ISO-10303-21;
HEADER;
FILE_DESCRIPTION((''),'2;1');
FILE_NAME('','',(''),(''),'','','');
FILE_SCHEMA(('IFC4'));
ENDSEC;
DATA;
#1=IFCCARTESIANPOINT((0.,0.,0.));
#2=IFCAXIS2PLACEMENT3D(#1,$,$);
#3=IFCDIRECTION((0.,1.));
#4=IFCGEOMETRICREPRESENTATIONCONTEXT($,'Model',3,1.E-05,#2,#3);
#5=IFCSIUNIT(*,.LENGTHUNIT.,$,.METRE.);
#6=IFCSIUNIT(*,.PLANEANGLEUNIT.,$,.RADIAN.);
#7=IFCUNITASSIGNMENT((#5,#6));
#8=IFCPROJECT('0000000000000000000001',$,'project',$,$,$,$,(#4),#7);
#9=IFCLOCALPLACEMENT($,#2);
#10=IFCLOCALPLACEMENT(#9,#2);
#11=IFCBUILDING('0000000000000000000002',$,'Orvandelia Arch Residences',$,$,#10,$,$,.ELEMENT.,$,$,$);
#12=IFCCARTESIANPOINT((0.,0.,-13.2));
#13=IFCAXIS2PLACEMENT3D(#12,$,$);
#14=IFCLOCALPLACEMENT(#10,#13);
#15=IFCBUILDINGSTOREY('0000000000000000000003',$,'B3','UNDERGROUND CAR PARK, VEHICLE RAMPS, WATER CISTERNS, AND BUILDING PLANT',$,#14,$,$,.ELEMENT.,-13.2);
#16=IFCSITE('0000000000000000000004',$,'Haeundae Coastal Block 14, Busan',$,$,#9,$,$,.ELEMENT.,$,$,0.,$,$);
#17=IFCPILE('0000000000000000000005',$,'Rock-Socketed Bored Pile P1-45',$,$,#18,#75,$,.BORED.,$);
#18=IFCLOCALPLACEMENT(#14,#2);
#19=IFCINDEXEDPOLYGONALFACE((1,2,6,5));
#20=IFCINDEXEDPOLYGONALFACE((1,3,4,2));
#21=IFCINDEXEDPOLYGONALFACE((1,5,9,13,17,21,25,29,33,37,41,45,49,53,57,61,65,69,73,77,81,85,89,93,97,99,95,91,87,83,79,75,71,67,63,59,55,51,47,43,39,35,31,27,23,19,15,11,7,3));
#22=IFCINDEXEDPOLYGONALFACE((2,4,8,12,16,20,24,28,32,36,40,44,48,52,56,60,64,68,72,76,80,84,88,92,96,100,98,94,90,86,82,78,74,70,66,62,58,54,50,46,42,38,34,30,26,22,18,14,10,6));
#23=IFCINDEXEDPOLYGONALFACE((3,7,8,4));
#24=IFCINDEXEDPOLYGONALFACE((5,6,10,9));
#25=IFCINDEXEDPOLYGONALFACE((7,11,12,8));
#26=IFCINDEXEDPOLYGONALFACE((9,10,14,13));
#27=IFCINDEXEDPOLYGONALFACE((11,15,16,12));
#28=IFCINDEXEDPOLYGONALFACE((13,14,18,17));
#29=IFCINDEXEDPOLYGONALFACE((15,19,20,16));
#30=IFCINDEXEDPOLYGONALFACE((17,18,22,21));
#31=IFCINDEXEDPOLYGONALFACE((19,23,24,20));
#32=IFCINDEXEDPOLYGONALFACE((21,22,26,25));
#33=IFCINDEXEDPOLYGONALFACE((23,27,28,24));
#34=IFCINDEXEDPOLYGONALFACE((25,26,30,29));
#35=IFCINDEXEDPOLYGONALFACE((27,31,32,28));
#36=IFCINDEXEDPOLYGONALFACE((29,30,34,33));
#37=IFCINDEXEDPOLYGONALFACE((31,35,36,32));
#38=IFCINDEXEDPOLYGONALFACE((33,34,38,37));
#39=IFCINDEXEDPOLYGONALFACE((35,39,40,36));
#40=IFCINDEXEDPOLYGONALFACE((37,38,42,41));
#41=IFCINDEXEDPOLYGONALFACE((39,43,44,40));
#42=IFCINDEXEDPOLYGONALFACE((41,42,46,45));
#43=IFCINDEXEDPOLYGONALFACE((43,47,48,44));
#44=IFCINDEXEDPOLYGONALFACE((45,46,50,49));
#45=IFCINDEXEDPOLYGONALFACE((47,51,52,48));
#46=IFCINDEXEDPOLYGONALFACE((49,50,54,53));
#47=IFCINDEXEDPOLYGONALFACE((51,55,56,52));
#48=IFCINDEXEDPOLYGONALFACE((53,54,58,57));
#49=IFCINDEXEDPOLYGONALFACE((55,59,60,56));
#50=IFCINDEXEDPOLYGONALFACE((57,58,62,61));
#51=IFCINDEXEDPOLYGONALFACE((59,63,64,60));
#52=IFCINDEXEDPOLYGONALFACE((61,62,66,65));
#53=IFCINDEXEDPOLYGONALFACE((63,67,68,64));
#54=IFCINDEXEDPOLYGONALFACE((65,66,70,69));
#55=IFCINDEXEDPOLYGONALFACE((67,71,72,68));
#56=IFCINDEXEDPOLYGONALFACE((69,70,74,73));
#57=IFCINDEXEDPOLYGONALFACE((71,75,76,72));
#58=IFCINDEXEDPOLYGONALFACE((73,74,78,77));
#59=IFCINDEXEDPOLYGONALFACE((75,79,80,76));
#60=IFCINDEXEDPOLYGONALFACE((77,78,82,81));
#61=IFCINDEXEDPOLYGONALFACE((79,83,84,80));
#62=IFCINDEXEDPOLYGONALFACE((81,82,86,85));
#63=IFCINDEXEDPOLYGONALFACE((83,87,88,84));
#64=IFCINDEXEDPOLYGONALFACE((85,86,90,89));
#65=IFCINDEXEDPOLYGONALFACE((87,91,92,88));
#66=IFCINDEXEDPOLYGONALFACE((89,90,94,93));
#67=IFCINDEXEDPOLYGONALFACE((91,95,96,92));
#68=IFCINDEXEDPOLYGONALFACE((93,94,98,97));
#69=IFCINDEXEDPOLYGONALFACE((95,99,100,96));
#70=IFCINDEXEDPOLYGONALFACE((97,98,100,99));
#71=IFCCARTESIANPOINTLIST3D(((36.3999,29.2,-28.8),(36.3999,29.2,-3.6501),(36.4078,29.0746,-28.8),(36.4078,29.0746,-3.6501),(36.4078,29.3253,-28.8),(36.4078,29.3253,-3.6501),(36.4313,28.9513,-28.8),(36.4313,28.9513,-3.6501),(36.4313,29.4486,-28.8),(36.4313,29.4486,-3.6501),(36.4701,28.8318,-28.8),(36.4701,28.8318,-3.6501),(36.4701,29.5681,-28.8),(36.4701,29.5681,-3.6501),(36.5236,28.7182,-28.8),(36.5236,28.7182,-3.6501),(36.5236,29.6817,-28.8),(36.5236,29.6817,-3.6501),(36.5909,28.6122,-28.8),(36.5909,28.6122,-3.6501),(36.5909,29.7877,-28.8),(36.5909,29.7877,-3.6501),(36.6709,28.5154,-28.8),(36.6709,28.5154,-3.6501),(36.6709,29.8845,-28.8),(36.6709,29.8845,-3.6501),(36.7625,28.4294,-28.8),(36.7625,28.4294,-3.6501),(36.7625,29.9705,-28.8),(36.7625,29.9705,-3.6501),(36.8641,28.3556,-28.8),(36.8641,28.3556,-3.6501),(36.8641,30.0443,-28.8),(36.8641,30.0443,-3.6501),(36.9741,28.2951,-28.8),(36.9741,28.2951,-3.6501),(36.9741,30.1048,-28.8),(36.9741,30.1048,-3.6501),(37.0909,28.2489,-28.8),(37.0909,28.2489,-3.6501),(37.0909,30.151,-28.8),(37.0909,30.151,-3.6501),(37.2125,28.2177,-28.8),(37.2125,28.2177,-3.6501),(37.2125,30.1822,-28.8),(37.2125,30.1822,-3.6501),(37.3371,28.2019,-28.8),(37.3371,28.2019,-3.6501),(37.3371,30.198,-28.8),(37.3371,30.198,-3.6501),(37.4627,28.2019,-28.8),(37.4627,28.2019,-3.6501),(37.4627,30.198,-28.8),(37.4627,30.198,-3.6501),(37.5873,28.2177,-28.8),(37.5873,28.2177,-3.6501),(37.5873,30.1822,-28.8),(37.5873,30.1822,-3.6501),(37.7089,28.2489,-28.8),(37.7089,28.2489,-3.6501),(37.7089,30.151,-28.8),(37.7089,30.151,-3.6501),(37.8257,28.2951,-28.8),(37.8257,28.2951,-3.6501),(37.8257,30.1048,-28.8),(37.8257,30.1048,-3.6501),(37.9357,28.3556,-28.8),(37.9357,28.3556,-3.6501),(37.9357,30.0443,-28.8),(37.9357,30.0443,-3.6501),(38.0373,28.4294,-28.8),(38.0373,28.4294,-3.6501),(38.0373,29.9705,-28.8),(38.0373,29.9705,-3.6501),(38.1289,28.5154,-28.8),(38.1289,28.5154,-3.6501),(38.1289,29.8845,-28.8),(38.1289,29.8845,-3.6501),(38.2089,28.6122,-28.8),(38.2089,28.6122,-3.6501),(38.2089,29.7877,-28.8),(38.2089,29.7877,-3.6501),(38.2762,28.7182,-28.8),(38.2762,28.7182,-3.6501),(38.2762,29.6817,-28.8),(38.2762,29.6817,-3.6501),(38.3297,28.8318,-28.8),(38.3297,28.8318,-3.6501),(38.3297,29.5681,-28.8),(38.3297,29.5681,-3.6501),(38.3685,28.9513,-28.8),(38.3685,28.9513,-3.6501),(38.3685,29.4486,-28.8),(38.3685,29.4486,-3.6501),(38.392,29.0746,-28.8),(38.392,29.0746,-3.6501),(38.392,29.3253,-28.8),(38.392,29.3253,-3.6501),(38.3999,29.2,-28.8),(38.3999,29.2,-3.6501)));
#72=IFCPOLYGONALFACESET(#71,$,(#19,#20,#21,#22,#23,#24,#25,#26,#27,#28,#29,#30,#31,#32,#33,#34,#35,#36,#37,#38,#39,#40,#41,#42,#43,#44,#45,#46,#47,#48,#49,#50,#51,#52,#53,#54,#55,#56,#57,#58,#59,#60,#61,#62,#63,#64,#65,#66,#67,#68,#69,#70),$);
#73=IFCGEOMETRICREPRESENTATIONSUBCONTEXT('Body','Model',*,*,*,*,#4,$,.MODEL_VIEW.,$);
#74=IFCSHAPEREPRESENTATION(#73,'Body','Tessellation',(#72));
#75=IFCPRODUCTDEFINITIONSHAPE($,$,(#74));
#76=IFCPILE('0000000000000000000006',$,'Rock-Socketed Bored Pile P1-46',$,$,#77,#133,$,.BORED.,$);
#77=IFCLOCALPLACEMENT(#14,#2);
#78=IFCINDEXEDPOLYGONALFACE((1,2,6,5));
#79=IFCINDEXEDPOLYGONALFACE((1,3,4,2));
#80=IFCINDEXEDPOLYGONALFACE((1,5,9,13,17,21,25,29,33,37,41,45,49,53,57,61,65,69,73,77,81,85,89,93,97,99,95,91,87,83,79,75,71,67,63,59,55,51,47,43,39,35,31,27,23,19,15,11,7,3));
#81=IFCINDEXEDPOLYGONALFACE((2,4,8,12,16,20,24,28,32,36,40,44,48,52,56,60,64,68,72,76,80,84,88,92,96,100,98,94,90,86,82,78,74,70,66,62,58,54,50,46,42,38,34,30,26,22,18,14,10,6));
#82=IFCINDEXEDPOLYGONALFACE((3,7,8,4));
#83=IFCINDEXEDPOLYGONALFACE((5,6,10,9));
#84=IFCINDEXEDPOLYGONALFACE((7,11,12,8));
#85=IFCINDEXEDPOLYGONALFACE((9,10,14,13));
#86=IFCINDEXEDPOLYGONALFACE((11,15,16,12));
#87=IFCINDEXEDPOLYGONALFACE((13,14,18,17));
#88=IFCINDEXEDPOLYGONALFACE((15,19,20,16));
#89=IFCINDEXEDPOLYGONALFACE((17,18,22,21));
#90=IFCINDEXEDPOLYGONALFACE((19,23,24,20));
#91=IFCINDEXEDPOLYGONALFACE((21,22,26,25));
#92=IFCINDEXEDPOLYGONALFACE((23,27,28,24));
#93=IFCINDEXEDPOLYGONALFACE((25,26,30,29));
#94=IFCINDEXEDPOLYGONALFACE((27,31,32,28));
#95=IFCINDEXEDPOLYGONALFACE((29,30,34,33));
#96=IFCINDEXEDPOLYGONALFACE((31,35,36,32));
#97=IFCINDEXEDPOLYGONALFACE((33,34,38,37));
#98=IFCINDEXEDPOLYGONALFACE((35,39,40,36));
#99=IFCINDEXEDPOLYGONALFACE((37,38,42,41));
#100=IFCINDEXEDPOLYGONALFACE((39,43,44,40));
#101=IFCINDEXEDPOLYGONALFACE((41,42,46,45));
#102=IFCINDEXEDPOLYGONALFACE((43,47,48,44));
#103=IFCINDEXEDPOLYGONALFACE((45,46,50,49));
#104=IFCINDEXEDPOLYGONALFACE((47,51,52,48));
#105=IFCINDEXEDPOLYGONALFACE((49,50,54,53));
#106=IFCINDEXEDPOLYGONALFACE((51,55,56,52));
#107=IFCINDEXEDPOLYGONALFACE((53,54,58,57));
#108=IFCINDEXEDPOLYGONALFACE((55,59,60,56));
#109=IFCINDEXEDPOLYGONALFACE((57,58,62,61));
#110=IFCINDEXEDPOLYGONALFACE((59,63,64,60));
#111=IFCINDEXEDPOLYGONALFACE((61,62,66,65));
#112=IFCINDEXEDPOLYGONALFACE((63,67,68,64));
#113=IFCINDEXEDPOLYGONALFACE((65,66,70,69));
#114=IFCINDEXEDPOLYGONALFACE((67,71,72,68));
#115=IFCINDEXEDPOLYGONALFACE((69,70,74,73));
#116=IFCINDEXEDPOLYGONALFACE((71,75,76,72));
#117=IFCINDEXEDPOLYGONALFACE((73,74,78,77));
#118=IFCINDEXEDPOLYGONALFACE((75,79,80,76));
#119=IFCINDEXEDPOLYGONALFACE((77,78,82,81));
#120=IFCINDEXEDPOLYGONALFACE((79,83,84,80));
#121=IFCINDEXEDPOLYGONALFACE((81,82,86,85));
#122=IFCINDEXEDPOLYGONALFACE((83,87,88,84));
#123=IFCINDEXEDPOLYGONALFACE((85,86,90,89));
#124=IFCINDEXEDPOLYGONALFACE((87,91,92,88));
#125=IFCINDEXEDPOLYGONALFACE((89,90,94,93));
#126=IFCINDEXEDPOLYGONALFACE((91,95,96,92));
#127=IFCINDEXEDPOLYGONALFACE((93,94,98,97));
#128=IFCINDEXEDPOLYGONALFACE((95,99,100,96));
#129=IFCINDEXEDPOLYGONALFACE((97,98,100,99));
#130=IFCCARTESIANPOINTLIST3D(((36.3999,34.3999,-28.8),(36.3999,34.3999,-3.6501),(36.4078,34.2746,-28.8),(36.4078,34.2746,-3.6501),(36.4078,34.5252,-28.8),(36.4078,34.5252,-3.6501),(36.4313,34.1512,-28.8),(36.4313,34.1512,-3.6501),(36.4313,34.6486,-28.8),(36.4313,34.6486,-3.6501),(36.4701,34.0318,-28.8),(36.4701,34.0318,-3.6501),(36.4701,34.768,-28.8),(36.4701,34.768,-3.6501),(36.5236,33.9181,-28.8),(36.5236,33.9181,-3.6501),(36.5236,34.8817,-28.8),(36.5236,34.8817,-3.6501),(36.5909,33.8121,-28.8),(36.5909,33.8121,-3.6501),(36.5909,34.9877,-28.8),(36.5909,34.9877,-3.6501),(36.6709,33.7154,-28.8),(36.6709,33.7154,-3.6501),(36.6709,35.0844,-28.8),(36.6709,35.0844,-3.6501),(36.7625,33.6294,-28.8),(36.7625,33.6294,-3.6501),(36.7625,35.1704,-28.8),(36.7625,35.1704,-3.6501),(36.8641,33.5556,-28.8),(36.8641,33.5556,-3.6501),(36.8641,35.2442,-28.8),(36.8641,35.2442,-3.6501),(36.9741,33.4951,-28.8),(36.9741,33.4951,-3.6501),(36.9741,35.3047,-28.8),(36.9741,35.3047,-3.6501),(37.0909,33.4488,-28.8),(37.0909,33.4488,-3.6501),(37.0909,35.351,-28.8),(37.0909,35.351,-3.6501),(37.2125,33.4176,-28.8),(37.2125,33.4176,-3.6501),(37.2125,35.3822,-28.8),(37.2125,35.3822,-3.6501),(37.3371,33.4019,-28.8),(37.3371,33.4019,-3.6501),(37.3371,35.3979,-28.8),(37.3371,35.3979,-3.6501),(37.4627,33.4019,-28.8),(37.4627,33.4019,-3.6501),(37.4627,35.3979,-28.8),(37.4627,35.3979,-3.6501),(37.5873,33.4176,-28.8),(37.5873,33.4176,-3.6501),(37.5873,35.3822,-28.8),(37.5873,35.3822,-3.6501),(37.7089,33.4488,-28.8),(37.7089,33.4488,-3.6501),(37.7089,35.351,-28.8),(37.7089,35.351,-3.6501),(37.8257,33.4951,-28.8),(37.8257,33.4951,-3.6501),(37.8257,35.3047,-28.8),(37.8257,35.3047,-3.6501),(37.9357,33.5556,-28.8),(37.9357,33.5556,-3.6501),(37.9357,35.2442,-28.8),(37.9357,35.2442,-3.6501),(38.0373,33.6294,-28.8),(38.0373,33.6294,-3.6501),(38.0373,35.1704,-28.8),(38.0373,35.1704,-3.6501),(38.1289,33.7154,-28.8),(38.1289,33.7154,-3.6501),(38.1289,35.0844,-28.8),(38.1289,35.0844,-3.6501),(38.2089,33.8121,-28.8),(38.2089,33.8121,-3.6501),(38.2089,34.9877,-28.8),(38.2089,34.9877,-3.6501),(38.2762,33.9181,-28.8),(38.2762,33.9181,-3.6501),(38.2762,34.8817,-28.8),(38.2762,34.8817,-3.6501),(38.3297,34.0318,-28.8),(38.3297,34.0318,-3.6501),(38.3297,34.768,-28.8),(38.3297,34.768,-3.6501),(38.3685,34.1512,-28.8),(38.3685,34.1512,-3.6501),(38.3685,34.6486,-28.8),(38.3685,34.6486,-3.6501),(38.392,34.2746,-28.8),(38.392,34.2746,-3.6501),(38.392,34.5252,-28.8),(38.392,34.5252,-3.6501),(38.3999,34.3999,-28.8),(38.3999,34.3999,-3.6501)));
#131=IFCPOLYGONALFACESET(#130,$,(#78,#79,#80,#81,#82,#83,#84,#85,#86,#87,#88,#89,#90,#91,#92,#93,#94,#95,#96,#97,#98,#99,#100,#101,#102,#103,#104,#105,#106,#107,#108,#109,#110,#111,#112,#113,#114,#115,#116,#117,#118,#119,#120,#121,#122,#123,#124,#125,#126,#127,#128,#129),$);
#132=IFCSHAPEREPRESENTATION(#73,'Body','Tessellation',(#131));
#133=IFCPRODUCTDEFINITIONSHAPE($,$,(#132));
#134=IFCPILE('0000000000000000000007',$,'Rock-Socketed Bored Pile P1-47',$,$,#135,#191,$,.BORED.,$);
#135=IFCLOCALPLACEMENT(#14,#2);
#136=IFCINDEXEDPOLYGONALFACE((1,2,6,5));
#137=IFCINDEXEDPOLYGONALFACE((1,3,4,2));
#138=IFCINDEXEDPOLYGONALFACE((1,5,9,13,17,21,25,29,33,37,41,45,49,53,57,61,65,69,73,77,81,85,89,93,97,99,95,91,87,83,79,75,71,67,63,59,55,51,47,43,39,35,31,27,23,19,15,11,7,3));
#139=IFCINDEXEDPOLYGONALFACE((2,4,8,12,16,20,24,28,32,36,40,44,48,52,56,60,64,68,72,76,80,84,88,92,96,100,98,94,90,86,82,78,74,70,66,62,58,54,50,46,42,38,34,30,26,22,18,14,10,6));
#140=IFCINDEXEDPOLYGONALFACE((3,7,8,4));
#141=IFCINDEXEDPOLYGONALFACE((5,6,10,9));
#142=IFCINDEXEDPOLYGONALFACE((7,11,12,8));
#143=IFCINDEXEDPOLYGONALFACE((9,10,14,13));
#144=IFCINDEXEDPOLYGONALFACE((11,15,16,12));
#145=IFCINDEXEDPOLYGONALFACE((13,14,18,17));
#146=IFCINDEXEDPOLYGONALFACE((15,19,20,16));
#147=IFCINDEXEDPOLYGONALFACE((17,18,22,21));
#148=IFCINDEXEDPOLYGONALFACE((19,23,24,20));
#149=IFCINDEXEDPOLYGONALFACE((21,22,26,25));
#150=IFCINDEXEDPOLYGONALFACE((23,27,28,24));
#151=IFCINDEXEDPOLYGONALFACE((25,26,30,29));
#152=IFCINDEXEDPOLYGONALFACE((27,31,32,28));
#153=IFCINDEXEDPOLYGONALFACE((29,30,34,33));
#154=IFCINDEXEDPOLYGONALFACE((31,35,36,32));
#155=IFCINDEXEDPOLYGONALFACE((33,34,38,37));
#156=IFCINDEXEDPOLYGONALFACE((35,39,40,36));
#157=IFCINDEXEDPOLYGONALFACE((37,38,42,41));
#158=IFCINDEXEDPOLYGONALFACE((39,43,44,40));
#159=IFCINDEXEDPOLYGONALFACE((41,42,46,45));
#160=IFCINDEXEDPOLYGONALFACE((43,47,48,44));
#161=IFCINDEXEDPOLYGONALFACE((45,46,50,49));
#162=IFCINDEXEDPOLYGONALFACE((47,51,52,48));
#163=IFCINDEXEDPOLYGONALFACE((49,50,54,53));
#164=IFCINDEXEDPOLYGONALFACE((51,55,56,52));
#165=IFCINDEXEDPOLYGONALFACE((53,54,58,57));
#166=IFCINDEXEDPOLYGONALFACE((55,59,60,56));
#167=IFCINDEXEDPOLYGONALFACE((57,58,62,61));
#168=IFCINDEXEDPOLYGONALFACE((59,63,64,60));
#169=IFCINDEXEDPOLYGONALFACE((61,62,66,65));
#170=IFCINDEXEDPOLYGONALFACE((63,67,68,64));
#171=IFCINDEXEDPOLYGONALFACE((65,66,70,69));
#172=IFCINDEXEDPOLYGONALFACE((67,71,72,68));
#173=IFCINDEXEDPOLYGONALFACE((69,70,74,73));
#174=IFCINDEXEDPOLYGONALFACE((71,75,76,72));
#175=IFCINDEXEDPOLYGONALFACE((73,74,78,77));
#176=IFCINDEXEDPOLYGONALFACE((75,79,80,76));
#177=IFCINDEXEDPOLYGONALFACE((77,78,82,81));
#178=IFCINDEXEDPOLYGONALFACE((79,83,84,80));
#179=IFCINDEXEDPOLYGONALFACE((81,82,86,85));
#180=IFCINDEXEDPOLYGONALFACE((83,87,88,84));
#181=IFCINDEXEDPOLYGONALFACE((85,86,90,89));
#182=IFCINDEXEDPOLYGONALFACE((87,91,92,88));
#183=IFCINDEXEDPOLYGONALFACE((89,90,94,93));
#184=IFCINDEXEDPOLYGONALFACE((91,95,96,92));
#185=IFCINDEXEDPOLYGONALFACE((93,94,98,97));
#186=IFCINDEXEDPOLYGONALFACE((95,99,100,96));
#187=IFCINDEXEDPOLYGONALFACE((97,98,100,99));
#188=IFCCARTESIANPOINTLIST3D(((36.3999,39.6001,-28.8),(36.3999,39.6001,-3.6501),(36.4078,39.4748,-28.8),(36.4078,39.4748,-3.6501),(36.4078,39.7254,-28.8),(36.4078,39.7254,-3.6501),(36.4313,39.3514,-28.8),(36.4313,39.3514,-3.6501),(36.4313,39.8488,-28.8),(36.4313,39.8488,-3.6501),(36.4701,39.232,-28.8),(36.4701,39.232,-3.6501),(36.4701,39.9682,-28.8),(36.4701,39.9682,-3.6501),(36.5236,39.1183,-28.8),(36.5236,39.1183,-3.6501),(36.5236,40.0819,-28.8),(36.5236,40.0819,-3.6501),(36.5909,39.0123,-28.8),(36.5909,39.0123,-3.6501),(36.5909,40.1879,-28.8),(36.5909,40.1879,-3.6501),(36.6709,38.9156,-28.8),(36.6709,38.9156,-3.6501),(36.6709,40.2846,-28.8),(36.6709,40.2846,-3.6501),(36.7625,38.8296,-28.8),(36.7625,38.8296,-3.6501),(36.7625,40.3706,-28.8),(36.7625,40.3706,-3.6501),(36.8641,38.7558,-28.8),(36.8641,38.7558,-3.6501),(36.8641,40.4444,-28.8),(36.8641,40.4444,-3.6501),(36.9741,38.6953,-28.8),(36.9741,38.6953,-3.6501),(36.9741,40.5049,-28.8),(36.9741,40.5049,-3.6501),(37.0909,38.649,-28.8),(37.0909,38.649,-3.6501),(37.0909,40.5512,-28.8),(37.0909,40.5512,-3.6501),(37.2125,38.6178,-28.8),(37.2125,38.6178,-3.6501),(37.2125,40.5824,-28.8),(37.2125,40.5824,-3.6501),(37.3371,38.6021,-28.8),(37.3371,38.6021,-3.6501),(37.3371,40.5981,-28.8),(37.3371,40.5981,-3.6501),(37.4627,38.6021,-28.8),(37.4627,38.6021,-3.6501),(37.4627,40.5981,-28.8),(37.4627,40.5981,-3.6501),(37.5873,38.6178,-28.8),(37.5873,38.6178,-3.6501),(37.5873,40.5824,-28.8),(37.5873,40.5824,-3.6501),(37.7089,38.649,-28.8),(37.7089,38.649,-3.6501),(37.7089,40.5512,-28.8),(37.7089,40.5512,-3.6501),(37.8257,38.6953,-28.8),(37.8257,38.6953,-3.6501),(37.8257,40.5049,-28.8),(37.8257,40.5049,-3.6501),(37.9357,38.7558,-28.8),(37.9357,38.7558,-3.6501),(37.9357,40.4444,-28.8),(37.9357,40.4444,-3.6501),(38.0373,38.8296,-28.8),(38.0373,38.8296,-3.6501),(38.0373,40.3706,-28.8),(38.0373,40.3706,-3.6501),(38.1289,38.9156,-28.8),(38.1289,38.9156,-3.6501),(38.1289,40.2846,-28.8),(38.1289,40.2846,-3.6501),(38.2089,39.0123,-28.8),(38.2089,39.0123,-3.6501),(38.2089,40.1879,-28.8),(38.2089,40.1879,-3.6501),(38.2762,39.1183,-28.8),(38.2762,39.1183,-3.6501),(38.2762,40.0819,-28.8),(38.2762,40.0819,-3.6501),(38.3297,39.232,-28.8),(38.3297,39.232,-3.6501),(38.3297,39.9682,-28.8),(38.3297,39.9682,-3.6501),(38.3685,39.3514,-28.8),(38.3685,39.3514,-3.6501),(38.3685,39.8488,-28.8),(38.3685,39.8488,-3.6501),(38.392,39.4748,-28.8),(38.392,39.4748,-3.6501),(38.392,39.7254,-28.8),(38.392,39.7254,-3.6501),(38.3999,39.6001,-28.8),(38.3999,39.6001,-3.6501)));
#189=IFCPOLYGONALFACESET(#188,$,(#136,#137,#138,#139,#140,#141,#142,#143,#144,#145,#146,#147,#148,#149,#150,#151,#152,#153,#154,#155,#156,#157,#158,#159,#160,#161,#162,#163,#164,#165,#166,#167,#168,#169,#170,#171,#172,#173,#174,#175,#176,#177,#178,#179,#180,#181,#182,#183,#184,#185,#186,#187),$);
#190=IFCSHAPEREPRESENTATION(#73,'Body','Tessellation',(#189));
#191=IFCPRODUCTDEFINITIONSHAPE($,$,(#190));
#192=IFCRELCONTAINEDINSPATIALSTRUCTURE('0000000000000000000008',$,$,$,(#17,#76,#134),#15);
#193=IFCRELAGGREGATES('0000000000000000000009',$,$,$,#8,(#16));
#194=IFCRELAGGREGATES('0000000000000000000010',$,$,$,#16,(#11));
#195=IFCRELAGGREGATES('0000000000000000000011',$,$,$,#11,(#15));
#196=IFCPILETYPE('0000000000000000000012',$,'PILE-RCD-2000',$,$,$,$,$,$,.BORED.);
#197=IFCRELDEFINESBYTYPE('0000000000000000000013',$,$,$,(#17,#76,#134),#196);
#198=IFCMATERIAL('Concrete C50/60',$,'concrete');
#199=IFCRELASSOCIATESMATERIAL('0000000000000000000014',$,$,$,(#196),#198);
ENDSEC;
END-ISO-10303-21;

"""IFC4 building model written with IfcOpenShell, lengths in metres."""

from ifc_helpers import new_model, si_unit, direction, frame, origin, origin_2d, place, context, subcontext, project, spatial, circle, extrude, material, material_profile, profile_set, type_object, element, save


model = new_model("IFC4")

# Units and contexts
model_context = context("Model", 3, precision=1e-05, world=origin(), true_north=direction((0.0, 1.0)))
body_context = subcontext(model_context, "Body", "Model", "MODEL_VIEW")
ifc_project = project(units=[si_unit("LENGTHUNIT", "METRE"), si_unit("PLANEANGLEUNIT", "RADIAN")], contexts=[model_context])

# Site, building, storey
site_placement = place(None, origin())
site = spatial("IfcSite", under=ifc_project, at=site_placement, Name="Haeundae Coastal Block 14, Busan", CompositionType="ELEMENT", RefElevation=0.0)
building_placement = place(site_placement, origin())
building = spatial("IfcBuilding", under=site, at=building_placement, Name="Orvandelia Arch Residences", CompositionType="ELEMENT")
storey_placement = place(building_placement, frame((0.0, 0.0, -13.2)))
storey = spatial("IfcBuildingStorey", under=building, at=storey_placement, Name="B3", Description="UNDERGROUND CAR PARK, VEHICLE RAMPS, WATER CISTERNS, AND BUILDING PLANT", CompositionType="ELEMENT", Elevation=-13.2)

# Shared definitions
ifc_material_1 = material(Name="Concrete C50/60", Category="concrete")

# Piles
ifc_material_profile_1 = material_profile(ifc_material_1, circle(Radius=1.0, at=origin_2d()), Name="Concrete C50/60", Category="concrete")
ifc_profile_set_1 = profile_set([ifc_material_profile_1], Name="Concrete C50/60")
pile_type = type_object("IfcPileType", Name="PILE-RCD-2000", PredefinedType="BORED", material=ifc_profile_set_1)
for number, where, z_axis, x_axis, name in (
    (1, (37.3999, 29.2, -3.6501), (0.0, 0.0, -1.0), (1.0, 0.0, 0.0), "Rock-Socketed Bored Pile P1-45"),
    (2, (37.3999, 34.3999, -3.6501), (0.0, 0.0, -1.0), (1.0, 0.0, 0.0), "Rock-Socketed Bored Pile P1-46"),
    (3, (37.3999, 39.6001, -3.6501), (0.0, 0.0, -1.0), (1.0, 0.0, 0.0), "Rock-Socketed Bored Pile P1-47"),
):
    element("IfcPile", number, at=place(storey_placement, frame(where, z_axis=z_axis, x_axis=x_axis)), inside=storey, type_object=pile_type, Name=name, PredefinedType="BORED", context=body_context, shape_type="SweptSolid", body=[
        extrude(circle(Radius=1.0, at=origin_2d()), origin(), (0.0, 0.0, 1.0), 25.1499),
    ])

save(model, "model.ifc")
